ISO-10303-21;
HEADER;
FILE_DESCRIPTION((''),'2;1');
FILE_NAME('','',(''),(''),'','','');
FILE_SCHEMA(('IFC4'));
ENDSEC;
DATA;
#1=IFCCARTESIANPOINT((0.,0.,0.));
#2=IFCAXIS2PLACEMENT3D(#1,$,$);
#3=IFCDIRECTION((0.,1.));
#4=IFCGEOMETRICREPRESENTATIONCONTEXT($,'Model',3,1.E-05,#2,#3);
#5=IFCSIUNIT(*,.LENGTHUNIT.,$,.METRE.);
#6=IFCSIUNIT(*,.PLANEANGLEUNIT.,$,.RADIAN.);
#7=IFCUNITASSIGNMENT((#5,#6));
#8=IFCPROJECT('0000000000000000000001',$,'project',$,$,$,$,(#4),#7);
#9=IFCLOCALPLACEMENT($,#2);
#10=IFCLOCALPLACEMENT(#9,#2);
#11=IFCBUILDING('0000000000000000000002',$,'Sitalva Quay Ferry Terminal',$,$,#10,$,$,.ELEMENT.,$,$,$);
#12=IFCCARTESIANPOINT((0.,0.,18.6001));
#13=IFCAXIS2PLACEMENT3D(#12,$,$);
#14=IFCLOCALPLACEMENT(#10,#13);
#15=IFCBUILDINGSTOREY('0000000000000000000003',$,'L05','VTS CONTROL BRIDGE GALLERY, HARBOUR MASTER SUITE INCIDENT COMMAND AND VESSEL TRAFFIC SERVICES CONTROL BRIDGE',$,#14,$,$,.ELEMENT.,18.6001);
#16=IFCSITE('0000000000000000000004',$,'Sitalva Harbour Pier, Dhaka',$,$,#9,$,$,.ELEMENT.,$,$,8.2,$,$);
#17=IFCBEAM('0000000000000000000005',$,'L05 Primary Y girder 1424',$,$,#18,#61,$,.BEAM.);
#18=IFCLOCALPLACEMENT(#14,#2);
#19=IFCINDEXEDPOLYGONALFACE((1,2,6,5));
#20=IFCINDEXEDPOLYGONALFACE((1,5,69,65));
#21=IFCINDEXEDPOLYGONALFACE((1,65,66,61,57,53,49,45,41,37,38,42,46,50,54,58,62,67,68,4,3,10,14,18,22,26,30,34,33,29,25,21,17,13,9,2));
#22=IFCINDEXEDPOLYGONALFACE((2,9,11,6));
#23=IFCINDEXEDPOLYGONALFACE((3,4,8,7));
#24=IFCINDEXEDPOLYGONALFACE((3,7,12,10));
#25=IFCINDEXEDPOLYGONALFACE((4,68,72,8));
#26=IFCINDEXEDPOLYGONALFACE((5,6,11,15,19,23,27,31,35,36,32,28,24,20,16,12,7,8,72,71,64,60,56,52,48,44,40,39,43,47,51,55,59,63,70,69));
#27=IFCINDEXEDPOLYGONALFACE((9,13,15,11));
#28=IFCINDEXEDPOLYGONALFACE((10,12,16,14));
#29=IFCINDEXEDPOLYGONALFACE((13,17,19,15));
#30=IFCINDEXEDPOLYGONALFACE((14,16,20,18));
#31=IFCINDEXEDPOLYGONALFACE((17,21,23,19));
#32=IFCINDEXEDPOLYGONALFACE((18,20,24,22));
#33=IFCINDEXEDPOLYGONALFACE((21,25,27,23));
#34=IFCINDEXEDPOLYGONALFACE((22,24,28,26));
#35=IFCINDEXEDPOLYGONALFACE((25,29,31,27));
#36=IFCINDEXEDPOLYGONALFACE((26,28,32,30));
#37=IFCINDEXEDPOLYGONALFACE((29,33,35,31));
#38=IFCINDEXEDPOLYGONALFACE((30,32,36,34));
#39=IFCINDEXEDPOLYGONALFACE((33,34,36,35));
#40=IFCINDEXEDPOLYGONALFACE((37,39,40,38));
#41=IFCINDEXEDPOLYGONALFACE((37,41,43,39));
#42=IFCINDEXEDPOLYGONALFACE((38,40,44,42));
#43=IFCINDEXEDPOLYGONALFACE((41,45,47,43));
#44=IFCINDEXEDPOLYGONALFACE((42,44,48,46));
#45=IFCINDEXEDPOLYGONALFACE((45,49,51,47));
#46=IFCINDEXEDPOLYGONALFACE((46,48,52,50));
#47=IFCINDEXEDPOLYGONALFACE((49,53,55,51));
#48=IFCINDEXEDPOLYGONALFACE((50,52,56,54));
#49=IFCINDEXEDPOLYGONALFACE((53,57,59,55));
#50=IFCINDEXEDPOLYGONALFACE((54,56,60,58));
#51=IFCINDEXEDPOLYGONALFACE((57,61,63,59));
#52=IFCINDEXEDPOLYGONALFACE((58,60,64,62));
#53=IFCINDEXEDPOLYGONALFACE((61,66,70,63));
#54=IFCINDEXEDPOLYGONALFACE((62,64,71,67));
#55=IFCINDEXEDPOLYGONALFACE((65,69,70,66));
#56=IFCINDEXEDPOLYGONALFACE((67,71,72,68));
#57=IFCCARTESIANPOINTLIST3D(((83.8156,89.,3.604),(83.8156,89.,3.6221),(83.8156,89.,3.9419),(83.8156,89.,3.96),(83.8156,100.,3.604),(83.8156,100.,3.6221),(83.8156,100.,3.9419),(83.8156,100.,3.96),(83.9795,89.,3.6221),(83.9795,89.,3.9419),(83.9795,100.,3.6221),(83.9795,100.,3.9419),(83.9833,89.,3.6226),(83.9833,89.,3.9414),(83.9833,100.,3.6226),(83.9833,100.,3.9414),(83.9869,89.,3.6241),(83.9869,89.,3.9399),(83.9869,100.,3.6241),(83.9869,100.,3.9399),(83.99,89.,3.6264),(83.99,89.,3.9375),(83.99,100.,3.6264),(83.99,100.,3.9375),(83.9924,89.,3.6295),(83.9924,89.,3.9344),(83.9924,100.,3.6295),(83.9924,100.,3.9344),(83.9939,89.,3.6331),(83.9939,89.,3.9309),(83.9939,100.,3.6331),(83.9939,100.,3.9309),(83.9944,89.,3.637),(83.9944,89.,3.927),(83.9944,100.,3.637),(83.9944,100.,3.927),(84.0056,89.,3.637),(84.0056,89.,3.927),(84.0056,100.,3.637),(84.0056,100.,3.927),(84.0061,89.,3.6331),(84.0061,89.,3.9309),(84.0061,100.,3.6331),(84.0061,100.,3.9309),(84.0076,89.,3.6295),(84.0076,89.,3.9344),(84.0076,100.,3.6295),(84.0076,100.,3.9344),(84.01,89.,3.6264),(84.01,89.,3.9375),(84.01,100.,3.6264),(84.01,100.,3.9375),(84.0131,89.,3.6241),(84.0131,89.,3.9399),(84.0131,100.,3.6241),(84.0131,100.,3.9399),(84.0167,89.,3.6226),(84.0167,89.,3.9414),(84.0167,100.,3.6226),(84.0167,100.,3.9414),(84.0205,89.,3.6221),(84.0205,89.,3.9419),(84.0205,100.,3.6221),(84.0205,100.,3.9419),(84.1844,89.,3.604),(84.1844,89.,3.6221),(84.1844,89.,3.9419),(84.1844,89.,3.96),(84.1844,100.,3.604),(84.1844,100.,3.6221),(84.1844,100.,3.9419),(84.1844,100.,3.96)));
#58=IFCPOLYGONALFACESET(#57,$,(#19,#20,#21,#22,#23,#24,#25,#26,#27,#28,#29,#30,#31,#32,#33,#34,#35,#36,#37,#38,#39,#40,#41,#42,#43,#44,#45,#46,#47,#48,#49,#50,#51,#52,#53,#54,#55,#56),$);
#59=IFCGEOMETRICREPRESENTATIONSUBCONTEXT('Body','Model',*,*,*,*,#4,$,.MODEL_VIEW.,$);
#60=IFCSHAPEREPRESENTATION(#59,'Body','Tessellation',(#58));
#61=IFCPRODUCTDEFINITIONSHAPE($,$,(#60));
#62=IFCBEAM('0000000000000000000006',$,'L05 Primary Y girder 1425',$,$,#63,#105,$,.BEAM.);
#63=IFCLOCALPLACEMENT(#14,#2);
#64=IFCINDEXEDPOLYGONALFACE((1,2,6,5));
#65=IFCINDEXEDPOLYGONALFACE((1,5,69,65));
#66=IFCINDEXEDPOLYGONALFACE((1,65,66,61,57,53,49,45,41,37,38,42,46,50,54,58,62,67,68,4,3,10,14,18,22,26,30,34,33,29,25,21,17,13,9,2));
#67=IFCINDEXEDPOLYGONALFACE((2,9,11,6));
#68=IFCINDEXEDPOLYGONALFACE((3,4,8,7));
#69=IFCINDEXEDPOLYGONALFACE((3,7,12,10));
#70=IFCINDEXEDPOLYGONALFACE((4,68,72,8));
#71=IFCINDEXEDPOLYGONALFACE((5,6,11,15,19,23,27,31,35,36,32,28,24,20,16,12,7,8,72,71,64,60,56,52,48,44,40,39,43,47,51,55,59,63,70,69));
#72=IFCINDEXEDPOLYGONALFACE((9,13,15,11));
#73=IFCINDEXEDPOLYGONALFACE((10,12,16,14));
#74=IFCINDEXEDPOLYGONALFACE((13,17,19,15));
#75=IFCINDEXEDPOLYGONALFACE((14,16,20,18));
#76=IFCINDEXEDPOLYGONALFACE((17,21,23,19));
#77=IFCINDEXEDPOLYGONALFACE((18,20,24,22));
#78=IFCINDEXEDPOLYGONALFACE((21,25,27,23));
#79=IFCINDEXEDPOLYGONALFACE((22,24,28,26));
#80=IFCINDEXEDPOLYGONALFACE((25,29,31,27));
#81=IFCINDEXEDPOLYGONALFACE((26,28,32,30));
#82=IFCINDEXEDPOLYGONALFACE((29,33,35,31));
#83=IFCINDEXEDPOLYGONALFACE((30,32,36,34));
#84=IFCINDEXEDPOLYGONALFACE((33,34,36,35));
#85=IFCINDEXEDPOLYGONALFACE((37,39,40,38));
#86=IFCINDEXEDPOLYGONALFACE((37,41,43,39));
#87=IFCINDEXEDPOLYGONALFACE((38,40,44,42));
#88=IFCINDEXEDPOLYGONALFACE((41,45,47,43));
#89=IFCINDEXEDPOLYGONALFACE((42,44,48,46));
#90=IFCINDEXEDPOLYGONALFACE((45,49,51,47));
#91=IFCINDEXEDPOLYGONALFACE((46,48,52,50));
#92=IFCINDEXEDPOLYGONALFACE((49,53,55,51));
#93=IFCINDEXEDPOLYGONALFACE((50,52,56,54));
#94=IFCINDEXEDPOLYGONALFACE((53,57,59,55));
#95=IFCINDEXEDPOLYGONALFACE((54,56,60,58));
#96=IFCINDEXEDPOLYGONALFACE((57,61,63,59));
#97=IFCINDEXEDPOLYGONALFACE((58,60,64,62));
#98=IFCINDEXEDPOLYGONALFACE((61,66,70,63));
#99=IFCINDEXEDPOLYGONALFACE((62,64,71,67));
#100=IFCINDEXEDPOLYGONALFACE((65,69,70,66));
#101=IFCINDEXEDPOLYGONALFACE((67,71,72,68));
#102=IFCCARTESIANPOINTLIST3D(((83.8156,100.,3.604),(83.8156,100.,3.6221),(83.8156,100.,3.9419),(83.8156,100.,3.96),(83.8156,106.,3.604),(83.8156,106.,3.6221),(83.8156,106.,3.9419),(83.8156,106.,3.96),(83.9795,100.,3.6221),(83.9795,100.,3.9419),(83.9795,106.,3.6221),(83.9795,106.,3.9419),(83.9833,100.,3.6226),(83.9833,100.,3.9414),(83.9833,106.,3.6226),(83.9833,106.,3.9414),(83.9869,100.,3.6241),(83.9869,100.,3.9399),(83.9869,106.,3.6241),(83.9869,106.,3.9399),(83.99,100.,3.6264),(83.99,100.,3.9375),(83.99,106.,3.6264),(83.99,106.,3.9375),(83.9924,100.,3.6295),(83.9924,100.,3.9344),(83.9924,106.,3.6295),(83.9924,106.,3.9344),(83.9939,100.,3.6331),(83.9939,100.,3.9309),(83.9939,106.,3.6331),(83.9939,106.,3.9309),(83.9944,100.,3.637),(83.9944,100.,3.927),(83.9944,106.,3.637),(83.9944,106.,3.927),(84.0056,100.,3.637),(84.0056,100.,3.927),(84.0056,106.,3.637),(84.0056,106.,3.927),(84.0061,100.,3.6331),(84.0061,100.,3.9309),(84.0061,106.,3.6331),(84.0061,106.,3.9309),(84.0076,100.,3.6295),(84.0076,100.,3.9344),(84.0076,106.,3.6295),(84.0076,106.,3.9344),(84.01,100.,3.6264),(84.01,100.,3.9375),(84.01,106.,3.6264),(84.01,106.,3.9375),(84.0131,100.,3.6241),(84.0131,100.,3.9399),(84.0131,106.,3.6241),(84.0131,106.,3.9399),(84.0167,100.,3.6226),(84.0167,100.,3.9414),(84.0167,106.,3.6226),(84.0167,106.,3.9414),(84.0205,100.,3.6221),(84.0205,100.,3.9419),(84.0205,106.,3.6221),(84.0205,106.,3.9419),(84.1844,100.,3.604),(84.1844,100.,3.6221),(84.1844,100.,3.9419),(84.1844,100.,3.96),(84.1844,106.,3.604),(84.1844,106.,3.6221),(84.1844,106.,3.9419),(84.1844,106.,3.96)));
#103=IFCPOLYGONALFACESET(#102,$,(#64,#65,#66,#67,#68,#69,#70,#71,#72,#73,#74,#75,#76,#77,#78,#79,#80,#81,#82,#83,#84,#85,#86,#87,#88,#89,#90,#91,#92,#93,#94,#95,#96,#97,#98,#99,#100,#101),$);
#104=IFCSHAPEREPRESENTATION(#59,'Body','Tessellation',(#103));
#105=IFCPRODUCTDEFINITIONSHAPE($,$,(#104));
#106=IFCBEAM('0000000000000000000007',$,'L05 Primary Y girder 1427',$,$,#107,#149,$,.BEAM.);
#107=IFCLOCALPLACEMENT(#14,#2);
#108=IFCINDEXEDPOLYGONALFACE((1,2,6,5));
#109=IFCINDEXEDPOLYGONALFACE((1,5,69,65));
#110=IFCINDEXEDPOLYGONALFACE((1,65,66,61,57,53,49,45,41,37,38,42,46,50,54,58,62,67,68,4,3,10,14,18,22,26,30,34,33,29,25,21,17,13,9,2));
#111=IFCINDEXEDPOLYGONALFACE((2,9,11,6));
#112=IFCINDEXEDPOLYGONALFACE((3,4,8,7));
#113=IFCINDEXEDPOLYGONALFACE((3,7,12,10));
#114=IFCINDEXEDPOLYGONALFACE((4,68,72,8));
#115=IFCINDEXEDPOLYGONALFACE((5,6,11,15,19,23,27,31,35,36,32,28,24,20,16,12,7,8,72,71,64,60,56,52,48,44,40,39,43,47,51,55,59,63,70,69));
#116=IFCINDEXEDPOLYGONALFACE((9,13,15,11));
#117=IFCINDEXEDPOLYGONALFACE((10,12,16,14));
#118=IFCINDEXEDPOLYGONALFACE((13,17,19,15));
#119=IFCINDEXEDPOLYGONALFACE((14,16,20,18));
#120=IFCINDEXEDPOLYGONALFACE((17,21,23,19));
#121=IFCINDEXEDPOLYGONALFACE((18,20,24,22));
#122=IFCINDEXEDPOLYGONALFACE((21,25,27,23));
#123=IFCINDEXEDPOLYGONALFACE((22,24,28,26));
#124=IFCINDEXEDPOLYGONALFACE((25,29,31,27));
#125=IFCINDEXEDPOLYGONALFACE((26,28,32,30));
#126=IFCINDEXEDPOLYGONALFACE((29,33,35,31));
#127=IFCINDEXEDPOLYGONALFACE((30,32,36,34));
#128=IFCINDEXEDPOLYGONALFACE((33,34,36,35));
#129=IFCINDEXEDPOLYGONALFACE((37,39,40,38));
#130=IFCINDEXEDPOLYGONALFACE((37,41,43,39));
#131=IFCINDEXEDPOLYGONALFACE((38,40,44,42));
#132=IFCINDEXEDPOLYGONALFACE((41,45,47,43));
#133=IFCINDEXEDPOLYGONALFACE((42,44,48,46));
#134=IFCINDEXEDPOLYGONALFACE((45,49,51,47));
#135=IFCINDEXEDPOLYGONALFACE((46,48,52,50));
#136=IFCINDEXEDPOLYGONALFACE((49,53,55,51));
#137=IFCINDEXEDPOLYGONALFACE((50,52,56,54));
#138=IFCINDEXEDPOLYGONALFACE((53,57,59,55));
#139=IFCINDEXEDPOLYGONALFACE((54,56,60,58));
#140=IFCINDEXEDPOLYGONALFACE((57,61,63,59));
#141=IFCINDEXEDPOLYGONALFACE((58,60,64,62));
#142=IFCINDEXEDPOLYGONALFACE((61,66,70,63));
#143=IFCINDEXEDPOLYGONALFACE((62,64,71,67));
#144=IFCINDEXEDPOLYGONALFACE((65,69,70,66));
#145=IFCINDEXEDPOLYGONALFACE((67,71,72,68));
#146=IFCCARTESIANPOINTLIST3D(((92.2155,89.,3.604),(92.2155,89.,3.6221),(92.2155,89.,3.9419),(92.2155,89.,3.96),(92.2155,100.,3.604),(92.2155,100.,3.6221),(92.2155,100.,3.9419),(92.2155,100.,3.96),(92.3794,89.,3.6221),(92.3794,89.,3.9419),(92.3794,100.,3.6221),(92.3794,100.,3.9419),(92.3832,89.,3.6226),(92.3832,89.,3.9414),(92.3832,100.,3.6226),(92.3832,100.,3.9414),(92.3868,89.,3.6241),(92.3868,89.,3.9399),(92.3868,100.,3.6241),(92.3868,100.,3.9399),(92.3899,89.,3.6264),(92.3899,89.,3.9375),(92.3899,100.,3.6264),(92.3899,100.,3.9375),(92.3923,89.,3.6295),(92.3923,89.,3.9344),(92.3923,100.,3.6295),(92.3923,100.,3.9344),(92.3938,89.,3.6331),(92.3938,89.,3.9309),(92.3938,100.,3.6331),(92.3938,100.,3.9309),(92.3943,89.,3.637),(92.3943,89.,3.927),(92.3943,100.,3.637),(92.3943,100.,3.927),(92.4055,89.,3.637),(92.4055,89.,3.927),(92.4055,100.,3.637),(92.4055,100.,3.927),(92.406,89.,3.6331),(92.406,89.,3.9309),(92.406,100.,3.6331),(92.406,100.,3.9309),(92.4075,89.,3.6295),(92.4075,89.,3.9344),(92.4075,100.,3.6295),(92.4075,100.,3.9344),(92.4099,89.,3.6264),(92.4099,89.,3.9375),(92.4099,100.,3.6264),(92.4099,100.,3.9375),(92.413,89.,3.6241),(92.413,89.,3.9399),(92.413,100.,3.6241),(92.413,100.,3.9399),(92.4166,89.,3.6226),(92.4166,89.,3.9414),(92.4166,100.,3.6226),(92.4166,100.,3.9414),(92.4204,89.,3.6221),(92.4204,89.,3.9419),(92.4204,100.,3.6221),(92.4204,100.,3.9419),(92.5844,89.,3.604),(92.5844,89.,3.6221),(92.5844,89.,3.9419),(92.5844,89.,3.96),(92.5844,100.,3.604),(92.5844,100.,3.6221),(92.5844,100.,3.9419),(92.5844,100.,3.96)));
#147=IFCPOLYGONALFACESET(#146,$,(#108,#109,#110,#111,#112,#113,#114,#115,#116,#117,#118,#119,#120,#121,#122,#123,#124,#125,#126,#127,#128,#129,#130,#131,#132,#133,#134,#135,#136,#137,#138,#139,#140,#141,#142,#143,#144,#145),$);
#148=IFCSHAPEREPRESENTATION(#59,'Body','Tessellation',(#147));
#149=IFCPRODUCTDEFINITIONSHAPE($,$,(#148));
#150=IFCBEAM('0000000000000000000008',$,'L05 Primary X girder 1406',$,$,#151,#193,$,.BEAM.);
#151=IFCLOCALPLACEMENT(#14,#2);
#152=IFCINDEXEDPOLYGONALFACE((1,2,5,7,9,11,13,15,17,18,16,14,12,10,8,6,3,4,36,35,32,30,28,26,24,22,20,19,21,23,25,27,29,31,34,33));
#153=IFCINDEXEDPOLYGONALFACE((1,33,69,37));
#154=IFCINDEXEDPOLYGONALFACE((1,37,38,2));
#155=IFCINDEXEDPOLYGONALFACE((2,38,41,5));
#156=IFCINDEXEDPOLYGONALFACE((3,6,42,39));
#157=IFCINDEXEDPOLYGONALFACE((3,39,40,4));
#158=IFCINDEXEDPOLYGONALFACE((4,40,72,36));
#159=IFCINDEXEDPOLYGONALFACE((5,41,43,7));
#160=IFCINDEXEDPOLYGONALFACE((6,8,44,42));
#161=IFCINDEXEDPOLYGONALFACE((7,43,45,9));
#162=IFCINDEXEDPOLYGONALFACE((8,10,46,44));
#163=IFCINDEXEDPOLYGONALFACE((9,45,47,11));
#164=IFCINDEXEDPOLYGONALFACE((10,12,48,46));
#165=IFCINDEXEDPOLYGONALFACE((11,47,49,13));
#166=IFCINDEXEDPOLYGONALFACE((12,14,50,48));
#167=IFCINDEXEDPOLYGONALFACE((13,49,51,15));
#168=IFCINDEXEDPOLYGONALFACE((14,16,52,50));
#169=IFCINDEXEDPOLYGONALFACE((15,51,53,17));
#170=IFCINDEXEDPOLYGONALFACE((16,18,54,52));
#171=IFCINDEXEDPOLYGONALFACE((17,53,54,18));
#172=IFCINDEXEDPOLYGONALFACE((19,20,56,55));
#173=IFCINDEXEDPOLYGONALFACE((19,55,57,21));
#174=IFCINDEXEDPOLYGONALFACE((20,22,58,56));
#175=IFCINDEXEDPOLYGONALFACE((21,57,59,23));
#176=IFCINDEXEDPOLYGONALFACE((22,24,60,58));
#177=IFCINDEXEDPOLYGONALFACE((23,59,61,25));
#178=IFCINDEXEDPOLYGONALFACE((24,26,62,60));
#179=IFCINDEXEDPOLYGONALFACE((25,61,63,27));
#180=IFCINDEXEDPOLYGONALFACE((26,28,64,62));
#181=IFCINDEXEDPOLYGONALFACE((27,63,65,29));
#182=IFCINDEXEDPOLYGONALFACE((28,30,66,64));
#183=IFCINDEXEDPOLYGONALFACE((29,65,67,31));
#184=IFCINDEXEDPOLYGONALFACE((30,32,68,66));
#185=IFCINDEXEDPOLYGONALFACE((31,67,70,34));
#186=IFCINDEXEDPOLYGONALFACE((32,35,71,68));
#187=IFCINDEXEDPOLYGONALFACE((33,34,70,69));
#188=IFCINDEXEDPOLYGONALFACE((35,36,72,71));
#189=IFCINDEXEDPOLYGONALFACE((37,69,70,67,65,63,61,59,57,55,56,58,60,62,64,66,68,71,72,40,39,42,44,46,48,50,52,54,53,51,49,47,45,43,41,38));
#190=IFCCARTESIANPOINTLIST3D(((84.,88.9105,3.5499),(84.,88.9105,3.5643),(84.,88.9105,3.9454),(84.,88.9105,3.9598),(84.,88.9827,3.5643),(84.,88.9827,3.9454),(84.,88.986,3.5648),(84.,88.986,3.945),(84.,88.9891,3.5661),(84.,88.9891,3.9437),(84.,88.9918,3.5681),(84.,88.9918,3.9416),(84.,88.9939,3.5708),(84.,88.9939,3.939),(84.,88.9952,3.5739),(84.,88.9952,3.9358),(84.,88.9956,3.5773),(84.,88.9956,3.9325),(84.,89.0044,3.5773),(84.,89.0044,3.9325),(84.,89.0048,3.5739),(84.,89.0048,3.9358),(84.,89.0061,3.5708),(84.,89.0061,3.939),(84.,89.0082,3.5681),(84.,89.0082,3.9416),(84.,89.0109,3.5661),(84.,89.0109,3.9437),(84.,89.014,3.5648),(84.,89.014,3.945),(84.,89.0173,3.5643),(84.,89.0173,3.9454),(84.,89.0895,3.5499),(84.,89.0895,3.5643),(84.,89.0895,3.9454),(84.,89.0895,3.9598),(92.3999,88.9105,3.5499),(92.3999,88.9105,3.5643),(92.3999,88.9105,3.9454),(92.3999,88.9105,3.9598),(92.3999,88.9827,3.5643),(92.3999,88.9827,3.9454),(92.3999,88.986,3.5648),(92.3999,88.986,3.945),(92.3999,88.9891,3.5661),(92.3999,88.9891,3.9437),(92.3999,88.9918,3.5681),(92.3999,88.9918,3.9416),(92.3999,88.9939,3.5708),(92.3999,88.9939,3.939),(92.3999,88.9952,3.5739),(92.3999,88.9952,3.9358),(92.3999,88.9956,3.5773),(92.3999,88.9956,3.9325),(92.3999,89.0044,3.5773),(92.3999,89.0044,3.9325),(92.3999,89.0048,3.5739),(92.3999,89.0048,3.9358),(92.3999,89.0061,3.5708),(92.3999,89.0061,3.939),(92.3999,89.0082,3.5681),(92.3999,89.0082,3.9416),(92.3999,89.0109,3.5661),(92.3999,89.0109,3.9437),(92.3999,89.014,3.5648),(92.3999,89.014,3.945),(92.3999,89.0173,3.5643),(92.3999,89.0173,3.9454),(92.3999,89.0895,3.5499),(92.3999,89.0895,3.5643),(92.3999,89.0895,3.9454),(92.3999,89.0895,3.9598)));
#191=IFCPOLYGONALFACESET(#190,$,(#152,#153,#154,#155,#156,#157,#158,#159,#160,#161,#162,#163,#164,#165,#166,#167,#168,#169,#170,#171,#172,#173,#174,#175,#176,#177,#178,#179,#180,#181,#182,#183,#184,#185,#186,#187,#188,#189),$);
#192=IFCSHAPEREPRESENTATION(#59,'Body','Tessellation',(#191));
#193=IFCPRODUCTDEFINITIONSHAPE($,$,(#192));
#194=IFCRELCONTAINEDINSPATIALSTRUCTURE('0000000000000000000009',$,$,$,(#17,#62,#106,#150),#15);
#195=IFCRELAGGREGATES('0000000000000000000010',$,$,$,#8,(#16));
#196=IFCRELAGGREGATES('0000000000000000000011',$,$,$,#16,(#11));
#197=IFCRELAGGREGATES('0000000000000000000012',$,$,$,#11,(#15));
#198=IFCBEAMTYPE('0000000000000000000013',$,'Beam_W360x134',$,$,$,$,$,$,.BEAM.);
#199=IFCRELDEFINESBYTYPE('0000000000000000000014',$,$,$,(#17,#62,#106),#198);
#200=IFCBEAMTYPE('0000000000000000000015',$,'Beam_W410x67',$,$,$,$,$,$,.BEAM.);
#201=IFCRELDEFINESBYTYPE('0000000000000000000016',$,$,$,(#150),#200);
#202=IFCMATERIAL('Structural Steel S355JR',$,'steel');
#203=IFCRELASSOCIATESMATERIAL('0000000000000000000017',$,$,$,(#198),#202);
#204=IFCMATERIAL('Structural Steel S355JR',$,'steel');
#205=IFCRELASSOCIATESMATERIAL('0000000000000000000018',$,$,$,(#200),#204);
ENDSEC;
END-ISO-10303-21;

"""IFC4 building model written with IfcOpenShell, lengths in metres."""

from ifc_helpers import new_model, si_unit, direction, frame, origin, origin_2d, place, context, subcontext, project, spatial, i_section, extrude, material, material_profile, profile_set, type_object, element, save


model = new_model("IFC4")

# Units and contexts
model_context = context("Model", 3, precision=1e-05, world=origin(), true_north=direction((0.0, 1.0)))
body_context = subcontext(model_context, "Body", "Model", "MODEL_VIEW")
ifc_project = project(units=[si_unit("LENGTHUNIT", "METRE"), si_unit("PLANEANGLEUNIT", "RADIAN")], contexts=[model_context])

# Site, building, storey
site_placement = place(None, origin())
site = spatial("IfcSite", under=ifc_project, at=site_placement, Name="Sitalva Harbour Pier, Dhaka", CompositionType="ELEMENT", RefElevation=8.2)
building_placement = place(site_placement, origin())
building = spatial("IfcBuilding", under=site, at=building_placement, Name="Sitalva Quay Ferry Terminal", CompositionType="ELEMENT")
storey_placement = place(building_placement, frame((0.0, 0.0, 18.6001)))
storey = spatial("IfcBuildingStorey", under=building, at=storey_placement, Name="L05", Description="VTS CONTROL BRIDGE GALLERY, HARBOUR MASTER SUITE INCIDENT COMMAND AND VESSEL TRAFFIC SERVICES CONTROL BRIDGE", CompositionType="ELEMENT", Elevation=18.6001)

# Beams
ifc_material_1 = material(Name="Structural Steel S355JR", Category="steel")
ifc_material_profile_1 = material_profile(ifc_material_1, i_section(OverallWidth=0.3689, OverallDepth=0.356, WebThickness=0.0112, FlangeThickness=0.0181, FilletRadius=0.0149, at=origin_2d()), Name="W360x134")
ifc_profile_set_1 = profile_set([ifc_material_profile_1], Name="Structural Steel S355JR")
beam_type_1 = type_object("IfcBeamType", Name="Beam_W360x134", PredefinedType="BEAM", material=ifc_profile_set_1)
beam_1_placement = place(storey_placement, frame((84.0, 89.0, 3.782), z_axis=(0.0, 1.0, 0.0), x_axis=(-1.0, 0.0, 0.0)))
element("IfcBeam", 1, at=beam_1_placement, inside=storey, type_object=beam_type_1, Name="L05 Primary Y girder 1424", PredefinedType="BEAM", context=body_context, shape_type="SweptSolid", body=[
    extrude(i_section(OverallWidth=0.3689, OverallDepth=0.356, WebThickness=0.0112, FlangeThickness=0.0181, FilletRadius=0.0149, at=origin_2d()), origin(), (0.0, 0.0, 1.0), 11.0),
])
beam_2_placement = place(storey_placement, frame((84.0, 100.0, 3.782), z_axis=(0.0, 1.0, 0.0), x_axis=(-1.0, 0.0, 0.0)))
element("IfcBeam", 2, at=beam_2_placement, inside=storey, type_object=beam_type_1, Name="L05 Primary Y girder 1425", PredefinedType="BEAM", context=body_context, shape_type="SweptSolid", body=[
    extrude(i_section(OverallWidth=0.3689, OverallDepth=0.356, WebThickness=0.0112, FlangeThickness=0.0181, FilletRadius=0.0149, at=origin_2d()), origin(), (0.0, 0.0, 1.0), 6.0),
])
beam_3_placement = place(storey_placement, frame((92.3999, 89.0, 3.782), z_axis=(0.0, 1.0, 0.0), x_axis=(-1.0, 0.0, 0.0)))
element("IfcBeam", 3, at=beam_3_placement, inside=storey, type_object=beam_type_1, Name="L05 Primary Y girder 1427", PredefinedType="BEAM", context=body_context, shape_type="SweptSolid", body=[
    extrude(i_section(OverallWidth=0.3689, OverallDepth=0.356, WebThickness=0.0112, FlangeThickness=0.0181, FilletRadius=0.0149, at=origin_2d()), origin(), (0.0, 0.0, 1.0), 11.0),
])
ifc_material_2 = material(Name="Structural Steel S355JR", Category="steel")
ifc_material_profile_2 = material_profile(ifc_material_2, i_section(OverallWidth=0.179, OverallDepth=0.4099, WebThickness=0.0088, FlangeThickness=0.0144, FilletRadius=0.0129, at=origin_2d()), Name="W410x67")
ifc_profile_set_2 = profile_set([ifc_material_profile_2], Name="Structural Steel S355JR")
beam_type_2 = type_object("IfcBeamType", Name="Beam_W410x67", PredefinedType="BEAM", material=ifc_profile_set_2)
beam_4_placement = place(storey_placement, frame((84.0, 89.0, 3.7549), z_axis=(1.0, 0.0, 0.0), x_axis=(0.0, 1.0, 0.0)))
element("IfcBeam", 4, at=beam_4_placement, inside=storey, type_object=beam_type_2, Name="L05 Primary X girder 1406", PredefinedType="BEAM", context=body_context, shape_type="SweptSolid", body=[
    extrude(i_section(OverallWidth=0.179, OverallDepth=0.4099, WebThickness=0.0088, FlangeThickness=0.0144, FilletRadius=0.0129, at=origin_2d()), origin(), (0.0, 0.0, 1.0), 8.3999),
])

save(model, "model.ifc")
